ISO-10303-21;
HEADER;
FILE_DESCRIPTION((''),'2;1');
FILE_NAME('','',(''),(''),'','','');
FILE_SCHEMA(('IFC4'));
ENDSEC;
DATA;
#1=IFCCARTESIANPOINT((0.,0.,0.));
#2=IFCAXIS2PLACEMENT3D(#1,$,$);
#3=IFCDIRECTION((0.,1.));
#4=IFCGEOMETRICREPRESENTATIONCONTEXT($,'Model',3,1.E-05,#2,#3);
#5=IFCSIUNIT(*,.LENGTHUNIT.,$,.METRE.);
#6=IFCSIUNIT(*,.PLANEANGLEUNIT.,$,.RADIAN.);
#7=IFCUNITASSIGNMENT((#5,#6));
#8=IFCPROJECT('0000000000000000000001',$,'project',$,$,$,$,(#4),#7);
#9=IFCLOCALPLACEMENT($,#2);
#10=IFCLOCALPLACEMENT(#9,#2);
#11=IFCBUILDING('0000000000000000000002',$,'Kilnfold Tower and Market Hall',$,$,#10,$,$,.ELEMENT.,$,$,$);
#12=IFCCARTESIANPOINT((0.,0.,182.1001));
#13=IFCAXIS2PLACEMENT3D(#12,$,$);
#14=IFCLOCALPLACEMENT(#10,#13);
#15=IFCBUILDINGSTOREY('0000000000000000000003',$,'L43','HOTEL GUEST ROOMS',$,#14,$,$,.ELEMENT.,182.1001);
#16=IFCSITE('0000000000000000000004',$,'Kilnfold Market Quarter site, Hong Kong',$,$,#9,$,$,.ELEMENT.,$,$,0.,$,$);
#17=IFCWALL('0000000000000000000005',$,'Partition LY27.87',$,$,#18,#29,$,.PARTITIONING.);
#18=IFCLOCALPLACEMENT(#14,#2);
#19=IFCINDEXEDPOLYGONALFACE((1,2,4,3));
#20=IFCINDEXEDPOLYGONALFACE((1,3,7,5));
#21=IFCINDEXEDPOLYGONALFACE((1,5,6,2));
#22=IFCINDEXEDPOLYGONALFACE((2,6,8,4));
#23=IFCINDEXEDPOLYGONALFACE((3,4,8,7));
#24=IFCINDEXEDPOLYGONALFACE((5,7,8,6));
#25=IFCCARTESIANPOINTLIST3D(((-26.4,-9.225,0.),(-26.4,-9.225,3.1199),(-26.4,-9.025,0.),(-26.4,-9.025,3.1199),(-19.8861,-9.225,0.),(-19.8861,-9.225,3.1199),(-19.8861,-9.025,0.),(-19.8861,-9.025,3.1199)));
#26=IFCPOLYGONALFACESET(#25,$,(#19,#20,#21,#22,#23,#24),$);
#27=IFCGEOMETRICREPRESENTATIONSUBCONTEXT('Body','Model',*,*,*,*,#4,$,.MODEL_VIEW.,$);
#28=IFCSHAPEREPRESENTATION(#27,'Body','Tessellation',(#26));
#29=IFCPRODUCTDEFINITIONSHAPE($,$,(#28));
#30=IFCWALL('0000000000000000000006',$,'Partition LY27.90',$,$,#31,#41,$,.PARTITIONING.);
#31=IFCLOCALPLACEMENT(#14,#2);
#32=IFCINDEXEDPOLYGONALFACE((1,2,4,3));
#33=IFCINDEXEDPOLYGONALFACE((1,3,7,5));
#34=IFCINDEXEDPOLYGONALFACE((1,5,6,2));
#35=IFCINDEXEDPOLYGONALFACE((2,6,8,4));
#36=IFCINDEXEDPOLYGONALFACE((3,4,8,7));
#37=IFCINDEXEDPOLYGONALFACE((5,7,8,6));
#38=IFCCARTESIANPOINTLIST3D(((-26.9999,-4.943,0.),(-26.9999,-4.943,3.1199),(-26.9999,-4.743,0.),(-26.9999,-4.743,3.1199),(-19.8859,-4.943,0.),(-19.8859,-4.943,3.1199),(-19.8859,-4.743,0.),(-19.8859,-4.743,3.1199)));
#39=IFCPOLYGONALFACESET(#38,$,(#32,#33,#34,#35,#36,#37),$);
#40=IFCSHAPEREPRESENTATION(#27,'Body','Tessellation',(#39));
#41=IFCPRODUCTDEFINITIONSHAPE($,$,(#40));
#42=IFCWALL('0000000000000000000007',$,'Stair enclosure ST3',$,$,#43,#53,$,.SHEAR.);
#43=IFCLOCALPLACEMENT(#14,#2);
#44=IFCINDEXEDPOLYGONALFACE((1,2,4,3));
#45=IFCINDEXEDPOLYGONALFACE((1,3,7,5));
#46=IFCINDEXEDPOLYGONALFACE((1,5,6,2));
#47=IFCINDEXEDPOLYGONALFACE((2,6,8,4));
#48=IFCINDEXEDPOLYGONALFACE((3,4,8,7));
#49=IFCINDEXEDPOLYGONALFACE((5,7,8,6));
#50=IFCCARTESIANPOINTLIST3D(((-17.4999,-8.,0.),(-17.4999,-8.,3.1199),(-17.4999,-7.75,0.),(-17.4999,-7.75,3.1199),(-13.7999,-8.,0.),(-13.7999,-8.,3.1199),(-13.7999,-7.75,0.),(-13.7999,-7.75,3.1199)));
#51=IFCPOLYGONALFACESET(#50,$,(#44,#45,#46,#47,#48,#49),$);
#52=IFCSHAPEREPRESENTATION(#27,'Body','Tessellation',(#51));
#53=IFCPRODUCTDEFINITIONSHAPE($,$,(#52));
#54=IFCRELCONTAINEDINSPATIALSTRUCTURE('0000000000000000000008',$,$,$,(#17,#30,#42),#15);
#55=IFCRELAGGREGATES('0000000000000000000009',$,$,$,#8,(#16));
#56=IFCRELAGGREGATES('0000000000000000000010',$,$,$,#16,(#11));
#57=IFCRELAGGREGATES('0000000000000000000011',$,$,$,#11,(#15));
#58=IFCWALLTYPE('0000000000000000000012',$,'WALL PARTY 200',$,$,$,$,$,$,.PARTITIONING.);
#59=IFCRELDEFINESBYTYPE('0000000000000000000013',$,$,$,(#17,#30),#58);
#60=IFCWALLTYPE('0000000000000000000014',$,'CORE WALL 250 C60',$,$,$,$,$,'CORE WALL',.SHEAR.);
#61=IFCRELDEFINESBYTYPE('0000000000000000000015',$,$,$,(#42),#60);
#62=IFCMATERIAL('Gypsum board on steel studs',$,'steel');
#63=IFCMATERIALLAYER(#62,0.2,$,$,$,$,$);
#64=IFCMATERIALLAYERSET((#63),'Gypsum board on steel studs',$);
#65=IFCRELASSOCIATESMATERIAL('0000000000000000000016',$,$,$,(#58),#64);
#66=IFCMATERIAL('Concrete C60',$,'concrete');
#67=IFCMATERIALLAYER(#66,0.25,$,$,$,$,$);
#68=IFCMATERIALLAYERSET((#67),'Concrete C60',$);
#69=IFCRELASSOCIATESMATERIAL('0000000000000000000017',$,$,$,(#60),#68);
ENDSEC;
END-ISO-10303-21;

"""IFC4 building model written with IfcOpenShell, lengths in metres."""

from ifc_helpers import new_model, si_unit, direction, frame, frame_2d, origin, place, context, subcontext, project, spatial, rectangle, extrude, source, transform, mapped, material, layer, layer_set, type_object, element, save


model = new_model("IFC4")

# Units and contexts
model_context = context("Model", 3, precision=1e-05, world=origin(), true_north=direction((0.0, 1.0)))
body_context = subcontext(model_context, "Body", "Model", "MODEL_VIEW")
ifc_project = project(units=[si_unit("LENGTHUNIT", "METRE"), si_unit("PLANEANGLEUNIT", "RADIAN")], contexts=[model_context])

# Site, building, storey
site_placement = place(None, origin())
site = spatial("IfcSite", under=ifc_project, at=site_placement, Name="Kilnfold Market Quarter site, Hong Kong", CompositionType="ELEMENT", RefElevation=0.0)
building_placement = place(site_placement, origin())
building = spatial("IfcBuilding", under=site, at=building_placement, Name="Kilnfold Tower and Market Hall", CompositionType="ELEMENT")
storey_placement = place(building_placement, frame((0.0, 0.0, 182.1001)))
storey = spatial("IfcBuildingStorey", under=building, at=storey_placement, Name="L43", Description="HOTEL GUEST ROOMS", CompositionType="ELEMENT", Elevation=182.1001)

# Walls
ifc_material_1 = material(Name="Gypsum board on steel studs", Category="steel")
ifc_layer_1 = layer(ifc_material_1, 0.2)
ifc_layer_set_1 = layer_set([ifc_layer_1], Name="Gypsum board on steel studs")
wall_type_1 = type_object("IfcWallType", Name="WALL PARTY 200", PredefinedType="PARTITIONING", material=ifc_layer_set_1)
wall_1_placement = place(storey_placement, frame((-26.3999, -9.125, 0.0), z_axis=(0.0, 0.0, 1.0), x_axis=(1.0, 0.0, 0.0)))
element("IfcWall", 1, at=wall_1_placement, inside=storey, type_object=wall_type_1, Name="Partition LY27.87", PredefinedType="PARTITIONING", context=body_context, shape_type="SweptSolid", body=[
    extrude(rectangle(XDim=6.5139, YDim=0.2, at=frame_2d((3.2568, 0.0))), origin(), (0.0, 0.0, 1.0), 3.1199),
])
wall_2_placement = place(storey_placement, frame((-27.0, -4.843, 0.0), z_axis=(0.0, 0.0, 1.0), x_axis=(1.0, 0.0, 0.0)))
element("IfcWall", 2, at=wall_2_placement, inside=storey, type_object=wall_type_1, Name="Partition LY27.90", PredefinedType="PARTITIONING", context=body_context, shape_type="SweptSolid", body=[
    extrude(rectangle(XDim=7.114, YDim=0.2, at=frame_2d((3.5571, 0.0))), origin(), (0.0, 0.0, 1.0), 3.1199),
])
ifc_material_2 = material(Name="Concrete C60", Category="concrete")
ifc_layer_2 = layer(ifc_material_2, 0.25)
ifc_layer_set_2 = layer_set([ifc_layer_2], Name="Concrete C60")
wall_type_2 = type_object("IfcWallType", Name="CORE WALL 250 C60", ElementType="CORE WALL", PredefinedType="SHEAR", material=ifc_layer_set_2)
shared_shape_1 = source(origin(), body_context, "Body", "SweptSolid", [
    extrude(rectangle(XDim=3.7, YDim=0.25, at=frame_2d((1.8501, 0.0))), origin(), (0.0, 0.0, 1.0), 3.1199),
])
wall_3_placement = place(storey_placement, frame((-17.5, -7.875, 0.0), z_axis=(0.0, 0.0, 1.0), x_axis=(1.0, 0.0, 0.0)))
element("IfcWall", 3, at=wall_3_placement, inside=storey, type_object=wall_type_2, Name="Stair enclosure ST3", PredefinedType="SHEAR", context=body_context, shape_type="MappedRepresentation", body=[
    mapped(shared_shape_1, transform((0.0, 0.0, 0.0))),
])

save(model, "model.ifc")
